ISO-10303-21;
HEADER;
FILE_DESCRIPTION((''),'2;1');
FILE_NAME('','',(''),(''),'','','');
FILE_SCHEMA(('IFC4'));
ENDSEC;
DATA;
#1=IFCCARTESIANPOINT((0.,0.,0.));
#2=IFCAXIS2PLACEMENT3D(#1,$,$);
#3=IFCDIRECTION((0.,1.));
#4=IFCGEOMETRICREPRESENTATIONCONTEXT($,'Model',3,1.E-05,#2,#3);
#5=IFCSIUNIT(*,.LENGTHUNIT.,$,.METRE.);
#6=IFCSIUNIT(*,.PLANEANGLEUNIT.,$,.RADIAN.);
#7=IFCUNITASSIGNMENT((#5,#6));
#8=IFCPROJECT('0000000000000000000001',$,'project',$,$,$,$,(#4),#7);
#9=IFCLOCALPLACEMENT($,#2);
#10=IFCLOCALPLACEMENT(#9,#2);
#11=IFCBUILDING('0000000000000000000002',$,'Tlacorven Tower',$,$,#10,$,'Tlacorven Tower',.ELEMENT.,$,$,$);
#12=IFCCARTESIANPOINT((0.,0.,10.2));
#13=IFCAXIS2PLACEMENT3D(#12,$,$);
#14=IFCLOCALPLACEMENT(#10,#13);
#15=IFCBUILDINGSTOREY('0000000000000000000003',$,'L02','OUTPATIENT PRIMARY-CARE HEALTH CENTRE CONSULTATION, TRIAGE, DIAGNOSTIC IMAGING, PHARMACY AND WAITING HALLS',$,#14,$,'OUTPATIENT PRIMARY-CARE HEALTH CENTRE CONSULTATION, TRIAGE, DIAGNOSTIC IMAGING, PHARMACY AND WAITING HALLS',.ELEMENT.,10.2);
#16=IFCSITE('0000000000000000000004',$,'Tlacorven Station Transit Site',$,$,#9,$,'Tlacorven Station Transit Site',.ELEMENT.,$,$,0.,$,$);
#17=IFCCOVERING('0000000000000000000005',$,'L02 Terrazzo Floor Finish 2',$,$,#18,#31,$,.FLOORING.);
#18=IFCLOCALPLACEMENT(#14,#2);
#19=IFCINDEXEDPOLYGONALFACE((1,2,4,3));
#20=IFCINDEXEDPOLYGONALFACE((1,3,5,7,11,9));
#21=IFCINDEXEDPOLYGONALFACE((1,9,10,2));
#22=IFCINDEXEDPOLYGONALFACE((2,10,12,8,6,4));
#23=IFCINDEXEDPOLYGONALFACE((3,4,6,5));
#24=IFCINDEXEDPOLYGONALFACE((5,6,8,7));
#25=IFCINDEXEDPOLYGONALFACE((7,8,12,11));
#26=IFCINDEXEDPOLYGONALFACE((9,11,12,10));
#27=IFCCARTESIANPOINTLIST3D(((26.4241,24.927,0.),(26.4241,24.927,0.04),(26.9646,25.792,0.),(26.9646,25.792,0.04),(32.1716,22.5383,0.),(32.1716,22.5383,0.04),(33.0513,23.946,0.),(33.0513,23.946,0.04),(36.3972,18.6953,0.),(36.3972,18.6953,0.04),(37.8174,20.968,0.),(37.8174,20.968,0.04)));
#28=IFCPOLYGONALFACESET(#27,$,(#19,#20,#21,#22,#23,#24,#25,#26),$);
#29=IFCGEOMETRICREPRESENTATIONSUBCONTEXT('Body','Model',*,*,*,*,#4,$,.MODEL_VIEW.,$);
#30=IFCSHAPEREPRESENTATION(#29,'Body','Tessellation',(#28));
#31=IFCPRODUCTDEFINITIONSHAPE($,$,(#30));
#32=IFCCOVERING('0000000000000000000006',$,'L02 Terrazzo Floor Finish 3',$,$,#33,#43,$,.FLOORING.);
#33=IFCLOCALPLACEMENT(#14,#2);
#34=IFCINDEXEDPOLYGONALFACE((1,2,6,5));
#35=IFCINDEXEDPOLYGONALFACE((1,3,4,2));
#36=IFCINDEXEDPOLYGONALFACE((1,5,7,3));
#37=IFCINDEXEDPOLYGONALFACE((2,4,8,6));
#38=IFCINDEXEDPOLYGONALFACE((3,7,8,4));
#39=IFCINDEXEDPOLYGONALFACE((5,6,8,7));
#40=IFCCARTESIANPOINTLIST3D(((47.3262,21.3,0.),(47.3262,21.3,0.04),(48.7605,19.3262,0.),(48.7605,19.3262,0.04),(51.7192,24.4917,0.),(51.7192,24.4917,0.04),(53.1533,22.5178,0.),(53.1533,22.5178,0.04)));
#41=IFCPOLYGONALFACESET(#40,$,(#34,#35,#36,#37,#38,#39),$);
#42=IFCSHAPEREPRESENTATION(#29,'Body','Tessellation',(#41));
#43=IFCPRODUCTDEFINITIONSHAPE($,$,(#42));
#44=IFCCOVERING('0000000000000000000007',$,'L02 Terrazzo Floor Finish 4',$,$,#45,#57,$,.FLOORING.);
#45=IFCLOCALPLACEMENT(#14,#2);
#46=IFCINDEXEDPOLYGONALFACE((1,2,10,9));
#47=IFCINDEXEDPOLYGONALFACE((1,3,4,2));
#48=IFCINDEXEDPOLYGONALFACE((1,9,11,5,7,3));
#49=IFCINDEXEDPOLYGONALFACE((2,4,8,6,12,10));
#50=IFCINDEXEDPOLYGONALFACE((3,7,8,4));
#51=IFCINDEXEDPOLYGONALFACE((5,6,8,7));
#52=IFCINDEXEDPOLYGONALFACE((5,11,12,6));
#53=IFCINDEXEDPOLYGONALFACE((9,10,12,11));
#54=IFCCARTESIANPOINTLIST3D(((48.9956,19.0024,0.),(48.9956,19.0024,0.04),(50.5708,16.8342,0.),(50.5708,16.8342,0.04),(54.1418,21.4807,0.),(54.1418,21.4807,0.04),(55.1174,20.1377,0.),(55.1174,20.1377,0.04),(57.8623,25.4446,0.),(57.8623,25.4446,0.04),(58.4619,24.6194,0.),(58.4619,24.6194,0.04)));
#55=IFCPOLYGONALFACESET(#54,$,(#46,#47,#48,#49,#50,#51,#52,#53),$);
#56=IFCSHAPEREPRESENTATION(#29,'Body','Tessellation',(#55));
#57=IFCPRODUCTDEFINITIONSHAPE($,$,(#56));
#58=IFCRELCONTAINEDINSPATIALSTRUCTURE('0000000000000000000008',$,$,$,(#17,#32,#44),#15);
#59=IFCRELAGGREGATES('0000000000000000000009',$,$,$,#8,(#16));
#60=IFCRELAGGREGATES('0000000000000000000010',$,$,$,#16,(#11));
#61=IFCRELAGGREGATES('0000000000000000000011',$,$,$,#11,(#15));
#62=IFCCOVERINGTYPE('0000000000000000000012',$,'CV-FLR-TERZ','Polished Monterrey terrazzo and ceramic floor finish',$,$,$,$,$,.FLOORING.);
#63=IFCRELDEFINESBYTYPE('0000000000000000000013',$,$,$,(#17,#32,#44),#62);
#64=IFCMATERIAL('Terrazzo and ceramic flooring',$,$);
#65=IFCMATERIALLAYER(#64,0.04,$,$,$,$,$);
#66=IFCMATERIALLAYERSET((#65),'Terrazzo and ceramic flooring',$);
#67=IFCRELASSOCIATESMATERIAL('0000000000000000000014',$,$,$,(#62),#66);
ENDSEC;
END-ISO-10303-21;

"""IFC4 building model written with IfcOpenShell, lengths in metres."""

from ifc_helpers import new_model, si_unit, direction, frame, origin, place, context, subcontext, project, spatial, polyline, outline, extrude, material, layer, layer_set, type_object, element, save


model = new_model("IFC4")

# Units and contexts
model_context = context("Model", 3, precision=1e-05, world=origin(), true_north=direction((0.0, 1.0)))
body_context = subcontext(model_context, "Body", "Model", "MODEL_VIEW")
ifc_project = project(units=[si_unit("LENGTHUNIT", "METRE"), si_unit("PLANEANGLEUNIT", "RADIAN")], contexts=[model_context])

# Site, building, storey
site_placement = place(None, origin())
site = spatial("IfcSite", under=ifc_project, at=site_placement, Name="Tlacorven Station Transit Site", LongName="Tlacorven Station Transit Site", CompositionType="ELEMENT", RefElevation=0.0)
building_placement = place(site_placement, origin())
building = spatial("IfcBuilding", under=site, at=building_placement, Name="Tlacorven Tower", LongName="Tlacorven Tower", CompositionType="ELEMENT")
storey_placement = place(building_placement, frame((0.0, 0.0, 10.2)))
storey = spatial("IfcBuildingStorey", under=building, at=storey_placement, Name="L02", Description="OUTPATIENT PRIMARY-CARE HEALTH CENTRE CONSULTATION, TRIAGE, DIAGNOSTIC IMAGING, PHARMACY AND WAITING HALLS", LongName="OUTPATIENT PRIMARY-CARE HEALTH CENTRE CONSULTATION, TRIAGE, DIAGNOSTIC IMAGING, PHARMACY AND WAITING HALLS", CompositionType="ELEMENT", Elevation=10.2)

# Coverings
ifc_material_1 = material(Name="Terrazzo and ceramic flooring")
ifc_layer_1 = layer(ifc_material_1, 0.04)
ifc_layer_set_1 = layer_set([ifc_layer_1], Name="Terrazzo and ceramic flooring")
covering_type_1 = type_object("IfcCoveringType", Name="CV-FLR-TERZ", Description="Polished Monterrey terrazzo and ceramic floor finish", PredefinedType="FLOORING", material=ifc_layer_set_1)
covering_1_placement = place(storey_placement, origin())
element("IfcCovering", 1, at=covering_1_placement, inside=storey, type_object=covering_type_1, Name="L02 Terrazzo Floor Finish 2", PredefinedType="FLOORING", context=body_context, shape_type="SweptSolid", body=[
    extrude(outline(polyline([(37.8174, 20.968), (36.3972, 18.6953), (26.4241, 24.927), (26.9646, 25.792), (32.1716, 22.5383), (33.0513, 23.946), (37.8174, 20.968)])), origin(), (0.0, 0.0, 1.0), 0.04),
])
covering_2_placement = place(storey_placement, origin())
element("IfcCovering", 2, at=covering_2_placement, inside=storey, type_object=covering_type_1, Name="L02 Terrazzo Floor Finish 3", PredefinedType="FLOORING", context=body_context, shape_type="SweptSolid", body=[
    extrude(outline(polyline([(48.7605, 19.3262), (47.3262, 21.3), (51.7192, 24.4917), (53.1533, 22.5178), (48.7605, 19.3262)])), origin(), (0.0, 0.0, 1.0), 0.04),
])
covering_3_placement = place(storey_placement, origin())
element("IfcCovering", 3, at=covering_3_placement, inside=storey, type_object=covering_type_1, Name="L02 Terrazzo Floor Finish 4", PredefinedType="FLOORING", context=body_context, shape_type="SweptSolid", body=[
    extrude(outline(polyline([(50.5708, 16.8342), (48.9956, 19.0024), (57.8623, 25.4446), (58.4619, 24.6194), (54.1418, 21.4807), (55.1174, 20.1377), (50.5708, 16.8342)])), origin(), (0.0, 0.0, 1.0), 0.04),
])

save(model, "model.ifc")
